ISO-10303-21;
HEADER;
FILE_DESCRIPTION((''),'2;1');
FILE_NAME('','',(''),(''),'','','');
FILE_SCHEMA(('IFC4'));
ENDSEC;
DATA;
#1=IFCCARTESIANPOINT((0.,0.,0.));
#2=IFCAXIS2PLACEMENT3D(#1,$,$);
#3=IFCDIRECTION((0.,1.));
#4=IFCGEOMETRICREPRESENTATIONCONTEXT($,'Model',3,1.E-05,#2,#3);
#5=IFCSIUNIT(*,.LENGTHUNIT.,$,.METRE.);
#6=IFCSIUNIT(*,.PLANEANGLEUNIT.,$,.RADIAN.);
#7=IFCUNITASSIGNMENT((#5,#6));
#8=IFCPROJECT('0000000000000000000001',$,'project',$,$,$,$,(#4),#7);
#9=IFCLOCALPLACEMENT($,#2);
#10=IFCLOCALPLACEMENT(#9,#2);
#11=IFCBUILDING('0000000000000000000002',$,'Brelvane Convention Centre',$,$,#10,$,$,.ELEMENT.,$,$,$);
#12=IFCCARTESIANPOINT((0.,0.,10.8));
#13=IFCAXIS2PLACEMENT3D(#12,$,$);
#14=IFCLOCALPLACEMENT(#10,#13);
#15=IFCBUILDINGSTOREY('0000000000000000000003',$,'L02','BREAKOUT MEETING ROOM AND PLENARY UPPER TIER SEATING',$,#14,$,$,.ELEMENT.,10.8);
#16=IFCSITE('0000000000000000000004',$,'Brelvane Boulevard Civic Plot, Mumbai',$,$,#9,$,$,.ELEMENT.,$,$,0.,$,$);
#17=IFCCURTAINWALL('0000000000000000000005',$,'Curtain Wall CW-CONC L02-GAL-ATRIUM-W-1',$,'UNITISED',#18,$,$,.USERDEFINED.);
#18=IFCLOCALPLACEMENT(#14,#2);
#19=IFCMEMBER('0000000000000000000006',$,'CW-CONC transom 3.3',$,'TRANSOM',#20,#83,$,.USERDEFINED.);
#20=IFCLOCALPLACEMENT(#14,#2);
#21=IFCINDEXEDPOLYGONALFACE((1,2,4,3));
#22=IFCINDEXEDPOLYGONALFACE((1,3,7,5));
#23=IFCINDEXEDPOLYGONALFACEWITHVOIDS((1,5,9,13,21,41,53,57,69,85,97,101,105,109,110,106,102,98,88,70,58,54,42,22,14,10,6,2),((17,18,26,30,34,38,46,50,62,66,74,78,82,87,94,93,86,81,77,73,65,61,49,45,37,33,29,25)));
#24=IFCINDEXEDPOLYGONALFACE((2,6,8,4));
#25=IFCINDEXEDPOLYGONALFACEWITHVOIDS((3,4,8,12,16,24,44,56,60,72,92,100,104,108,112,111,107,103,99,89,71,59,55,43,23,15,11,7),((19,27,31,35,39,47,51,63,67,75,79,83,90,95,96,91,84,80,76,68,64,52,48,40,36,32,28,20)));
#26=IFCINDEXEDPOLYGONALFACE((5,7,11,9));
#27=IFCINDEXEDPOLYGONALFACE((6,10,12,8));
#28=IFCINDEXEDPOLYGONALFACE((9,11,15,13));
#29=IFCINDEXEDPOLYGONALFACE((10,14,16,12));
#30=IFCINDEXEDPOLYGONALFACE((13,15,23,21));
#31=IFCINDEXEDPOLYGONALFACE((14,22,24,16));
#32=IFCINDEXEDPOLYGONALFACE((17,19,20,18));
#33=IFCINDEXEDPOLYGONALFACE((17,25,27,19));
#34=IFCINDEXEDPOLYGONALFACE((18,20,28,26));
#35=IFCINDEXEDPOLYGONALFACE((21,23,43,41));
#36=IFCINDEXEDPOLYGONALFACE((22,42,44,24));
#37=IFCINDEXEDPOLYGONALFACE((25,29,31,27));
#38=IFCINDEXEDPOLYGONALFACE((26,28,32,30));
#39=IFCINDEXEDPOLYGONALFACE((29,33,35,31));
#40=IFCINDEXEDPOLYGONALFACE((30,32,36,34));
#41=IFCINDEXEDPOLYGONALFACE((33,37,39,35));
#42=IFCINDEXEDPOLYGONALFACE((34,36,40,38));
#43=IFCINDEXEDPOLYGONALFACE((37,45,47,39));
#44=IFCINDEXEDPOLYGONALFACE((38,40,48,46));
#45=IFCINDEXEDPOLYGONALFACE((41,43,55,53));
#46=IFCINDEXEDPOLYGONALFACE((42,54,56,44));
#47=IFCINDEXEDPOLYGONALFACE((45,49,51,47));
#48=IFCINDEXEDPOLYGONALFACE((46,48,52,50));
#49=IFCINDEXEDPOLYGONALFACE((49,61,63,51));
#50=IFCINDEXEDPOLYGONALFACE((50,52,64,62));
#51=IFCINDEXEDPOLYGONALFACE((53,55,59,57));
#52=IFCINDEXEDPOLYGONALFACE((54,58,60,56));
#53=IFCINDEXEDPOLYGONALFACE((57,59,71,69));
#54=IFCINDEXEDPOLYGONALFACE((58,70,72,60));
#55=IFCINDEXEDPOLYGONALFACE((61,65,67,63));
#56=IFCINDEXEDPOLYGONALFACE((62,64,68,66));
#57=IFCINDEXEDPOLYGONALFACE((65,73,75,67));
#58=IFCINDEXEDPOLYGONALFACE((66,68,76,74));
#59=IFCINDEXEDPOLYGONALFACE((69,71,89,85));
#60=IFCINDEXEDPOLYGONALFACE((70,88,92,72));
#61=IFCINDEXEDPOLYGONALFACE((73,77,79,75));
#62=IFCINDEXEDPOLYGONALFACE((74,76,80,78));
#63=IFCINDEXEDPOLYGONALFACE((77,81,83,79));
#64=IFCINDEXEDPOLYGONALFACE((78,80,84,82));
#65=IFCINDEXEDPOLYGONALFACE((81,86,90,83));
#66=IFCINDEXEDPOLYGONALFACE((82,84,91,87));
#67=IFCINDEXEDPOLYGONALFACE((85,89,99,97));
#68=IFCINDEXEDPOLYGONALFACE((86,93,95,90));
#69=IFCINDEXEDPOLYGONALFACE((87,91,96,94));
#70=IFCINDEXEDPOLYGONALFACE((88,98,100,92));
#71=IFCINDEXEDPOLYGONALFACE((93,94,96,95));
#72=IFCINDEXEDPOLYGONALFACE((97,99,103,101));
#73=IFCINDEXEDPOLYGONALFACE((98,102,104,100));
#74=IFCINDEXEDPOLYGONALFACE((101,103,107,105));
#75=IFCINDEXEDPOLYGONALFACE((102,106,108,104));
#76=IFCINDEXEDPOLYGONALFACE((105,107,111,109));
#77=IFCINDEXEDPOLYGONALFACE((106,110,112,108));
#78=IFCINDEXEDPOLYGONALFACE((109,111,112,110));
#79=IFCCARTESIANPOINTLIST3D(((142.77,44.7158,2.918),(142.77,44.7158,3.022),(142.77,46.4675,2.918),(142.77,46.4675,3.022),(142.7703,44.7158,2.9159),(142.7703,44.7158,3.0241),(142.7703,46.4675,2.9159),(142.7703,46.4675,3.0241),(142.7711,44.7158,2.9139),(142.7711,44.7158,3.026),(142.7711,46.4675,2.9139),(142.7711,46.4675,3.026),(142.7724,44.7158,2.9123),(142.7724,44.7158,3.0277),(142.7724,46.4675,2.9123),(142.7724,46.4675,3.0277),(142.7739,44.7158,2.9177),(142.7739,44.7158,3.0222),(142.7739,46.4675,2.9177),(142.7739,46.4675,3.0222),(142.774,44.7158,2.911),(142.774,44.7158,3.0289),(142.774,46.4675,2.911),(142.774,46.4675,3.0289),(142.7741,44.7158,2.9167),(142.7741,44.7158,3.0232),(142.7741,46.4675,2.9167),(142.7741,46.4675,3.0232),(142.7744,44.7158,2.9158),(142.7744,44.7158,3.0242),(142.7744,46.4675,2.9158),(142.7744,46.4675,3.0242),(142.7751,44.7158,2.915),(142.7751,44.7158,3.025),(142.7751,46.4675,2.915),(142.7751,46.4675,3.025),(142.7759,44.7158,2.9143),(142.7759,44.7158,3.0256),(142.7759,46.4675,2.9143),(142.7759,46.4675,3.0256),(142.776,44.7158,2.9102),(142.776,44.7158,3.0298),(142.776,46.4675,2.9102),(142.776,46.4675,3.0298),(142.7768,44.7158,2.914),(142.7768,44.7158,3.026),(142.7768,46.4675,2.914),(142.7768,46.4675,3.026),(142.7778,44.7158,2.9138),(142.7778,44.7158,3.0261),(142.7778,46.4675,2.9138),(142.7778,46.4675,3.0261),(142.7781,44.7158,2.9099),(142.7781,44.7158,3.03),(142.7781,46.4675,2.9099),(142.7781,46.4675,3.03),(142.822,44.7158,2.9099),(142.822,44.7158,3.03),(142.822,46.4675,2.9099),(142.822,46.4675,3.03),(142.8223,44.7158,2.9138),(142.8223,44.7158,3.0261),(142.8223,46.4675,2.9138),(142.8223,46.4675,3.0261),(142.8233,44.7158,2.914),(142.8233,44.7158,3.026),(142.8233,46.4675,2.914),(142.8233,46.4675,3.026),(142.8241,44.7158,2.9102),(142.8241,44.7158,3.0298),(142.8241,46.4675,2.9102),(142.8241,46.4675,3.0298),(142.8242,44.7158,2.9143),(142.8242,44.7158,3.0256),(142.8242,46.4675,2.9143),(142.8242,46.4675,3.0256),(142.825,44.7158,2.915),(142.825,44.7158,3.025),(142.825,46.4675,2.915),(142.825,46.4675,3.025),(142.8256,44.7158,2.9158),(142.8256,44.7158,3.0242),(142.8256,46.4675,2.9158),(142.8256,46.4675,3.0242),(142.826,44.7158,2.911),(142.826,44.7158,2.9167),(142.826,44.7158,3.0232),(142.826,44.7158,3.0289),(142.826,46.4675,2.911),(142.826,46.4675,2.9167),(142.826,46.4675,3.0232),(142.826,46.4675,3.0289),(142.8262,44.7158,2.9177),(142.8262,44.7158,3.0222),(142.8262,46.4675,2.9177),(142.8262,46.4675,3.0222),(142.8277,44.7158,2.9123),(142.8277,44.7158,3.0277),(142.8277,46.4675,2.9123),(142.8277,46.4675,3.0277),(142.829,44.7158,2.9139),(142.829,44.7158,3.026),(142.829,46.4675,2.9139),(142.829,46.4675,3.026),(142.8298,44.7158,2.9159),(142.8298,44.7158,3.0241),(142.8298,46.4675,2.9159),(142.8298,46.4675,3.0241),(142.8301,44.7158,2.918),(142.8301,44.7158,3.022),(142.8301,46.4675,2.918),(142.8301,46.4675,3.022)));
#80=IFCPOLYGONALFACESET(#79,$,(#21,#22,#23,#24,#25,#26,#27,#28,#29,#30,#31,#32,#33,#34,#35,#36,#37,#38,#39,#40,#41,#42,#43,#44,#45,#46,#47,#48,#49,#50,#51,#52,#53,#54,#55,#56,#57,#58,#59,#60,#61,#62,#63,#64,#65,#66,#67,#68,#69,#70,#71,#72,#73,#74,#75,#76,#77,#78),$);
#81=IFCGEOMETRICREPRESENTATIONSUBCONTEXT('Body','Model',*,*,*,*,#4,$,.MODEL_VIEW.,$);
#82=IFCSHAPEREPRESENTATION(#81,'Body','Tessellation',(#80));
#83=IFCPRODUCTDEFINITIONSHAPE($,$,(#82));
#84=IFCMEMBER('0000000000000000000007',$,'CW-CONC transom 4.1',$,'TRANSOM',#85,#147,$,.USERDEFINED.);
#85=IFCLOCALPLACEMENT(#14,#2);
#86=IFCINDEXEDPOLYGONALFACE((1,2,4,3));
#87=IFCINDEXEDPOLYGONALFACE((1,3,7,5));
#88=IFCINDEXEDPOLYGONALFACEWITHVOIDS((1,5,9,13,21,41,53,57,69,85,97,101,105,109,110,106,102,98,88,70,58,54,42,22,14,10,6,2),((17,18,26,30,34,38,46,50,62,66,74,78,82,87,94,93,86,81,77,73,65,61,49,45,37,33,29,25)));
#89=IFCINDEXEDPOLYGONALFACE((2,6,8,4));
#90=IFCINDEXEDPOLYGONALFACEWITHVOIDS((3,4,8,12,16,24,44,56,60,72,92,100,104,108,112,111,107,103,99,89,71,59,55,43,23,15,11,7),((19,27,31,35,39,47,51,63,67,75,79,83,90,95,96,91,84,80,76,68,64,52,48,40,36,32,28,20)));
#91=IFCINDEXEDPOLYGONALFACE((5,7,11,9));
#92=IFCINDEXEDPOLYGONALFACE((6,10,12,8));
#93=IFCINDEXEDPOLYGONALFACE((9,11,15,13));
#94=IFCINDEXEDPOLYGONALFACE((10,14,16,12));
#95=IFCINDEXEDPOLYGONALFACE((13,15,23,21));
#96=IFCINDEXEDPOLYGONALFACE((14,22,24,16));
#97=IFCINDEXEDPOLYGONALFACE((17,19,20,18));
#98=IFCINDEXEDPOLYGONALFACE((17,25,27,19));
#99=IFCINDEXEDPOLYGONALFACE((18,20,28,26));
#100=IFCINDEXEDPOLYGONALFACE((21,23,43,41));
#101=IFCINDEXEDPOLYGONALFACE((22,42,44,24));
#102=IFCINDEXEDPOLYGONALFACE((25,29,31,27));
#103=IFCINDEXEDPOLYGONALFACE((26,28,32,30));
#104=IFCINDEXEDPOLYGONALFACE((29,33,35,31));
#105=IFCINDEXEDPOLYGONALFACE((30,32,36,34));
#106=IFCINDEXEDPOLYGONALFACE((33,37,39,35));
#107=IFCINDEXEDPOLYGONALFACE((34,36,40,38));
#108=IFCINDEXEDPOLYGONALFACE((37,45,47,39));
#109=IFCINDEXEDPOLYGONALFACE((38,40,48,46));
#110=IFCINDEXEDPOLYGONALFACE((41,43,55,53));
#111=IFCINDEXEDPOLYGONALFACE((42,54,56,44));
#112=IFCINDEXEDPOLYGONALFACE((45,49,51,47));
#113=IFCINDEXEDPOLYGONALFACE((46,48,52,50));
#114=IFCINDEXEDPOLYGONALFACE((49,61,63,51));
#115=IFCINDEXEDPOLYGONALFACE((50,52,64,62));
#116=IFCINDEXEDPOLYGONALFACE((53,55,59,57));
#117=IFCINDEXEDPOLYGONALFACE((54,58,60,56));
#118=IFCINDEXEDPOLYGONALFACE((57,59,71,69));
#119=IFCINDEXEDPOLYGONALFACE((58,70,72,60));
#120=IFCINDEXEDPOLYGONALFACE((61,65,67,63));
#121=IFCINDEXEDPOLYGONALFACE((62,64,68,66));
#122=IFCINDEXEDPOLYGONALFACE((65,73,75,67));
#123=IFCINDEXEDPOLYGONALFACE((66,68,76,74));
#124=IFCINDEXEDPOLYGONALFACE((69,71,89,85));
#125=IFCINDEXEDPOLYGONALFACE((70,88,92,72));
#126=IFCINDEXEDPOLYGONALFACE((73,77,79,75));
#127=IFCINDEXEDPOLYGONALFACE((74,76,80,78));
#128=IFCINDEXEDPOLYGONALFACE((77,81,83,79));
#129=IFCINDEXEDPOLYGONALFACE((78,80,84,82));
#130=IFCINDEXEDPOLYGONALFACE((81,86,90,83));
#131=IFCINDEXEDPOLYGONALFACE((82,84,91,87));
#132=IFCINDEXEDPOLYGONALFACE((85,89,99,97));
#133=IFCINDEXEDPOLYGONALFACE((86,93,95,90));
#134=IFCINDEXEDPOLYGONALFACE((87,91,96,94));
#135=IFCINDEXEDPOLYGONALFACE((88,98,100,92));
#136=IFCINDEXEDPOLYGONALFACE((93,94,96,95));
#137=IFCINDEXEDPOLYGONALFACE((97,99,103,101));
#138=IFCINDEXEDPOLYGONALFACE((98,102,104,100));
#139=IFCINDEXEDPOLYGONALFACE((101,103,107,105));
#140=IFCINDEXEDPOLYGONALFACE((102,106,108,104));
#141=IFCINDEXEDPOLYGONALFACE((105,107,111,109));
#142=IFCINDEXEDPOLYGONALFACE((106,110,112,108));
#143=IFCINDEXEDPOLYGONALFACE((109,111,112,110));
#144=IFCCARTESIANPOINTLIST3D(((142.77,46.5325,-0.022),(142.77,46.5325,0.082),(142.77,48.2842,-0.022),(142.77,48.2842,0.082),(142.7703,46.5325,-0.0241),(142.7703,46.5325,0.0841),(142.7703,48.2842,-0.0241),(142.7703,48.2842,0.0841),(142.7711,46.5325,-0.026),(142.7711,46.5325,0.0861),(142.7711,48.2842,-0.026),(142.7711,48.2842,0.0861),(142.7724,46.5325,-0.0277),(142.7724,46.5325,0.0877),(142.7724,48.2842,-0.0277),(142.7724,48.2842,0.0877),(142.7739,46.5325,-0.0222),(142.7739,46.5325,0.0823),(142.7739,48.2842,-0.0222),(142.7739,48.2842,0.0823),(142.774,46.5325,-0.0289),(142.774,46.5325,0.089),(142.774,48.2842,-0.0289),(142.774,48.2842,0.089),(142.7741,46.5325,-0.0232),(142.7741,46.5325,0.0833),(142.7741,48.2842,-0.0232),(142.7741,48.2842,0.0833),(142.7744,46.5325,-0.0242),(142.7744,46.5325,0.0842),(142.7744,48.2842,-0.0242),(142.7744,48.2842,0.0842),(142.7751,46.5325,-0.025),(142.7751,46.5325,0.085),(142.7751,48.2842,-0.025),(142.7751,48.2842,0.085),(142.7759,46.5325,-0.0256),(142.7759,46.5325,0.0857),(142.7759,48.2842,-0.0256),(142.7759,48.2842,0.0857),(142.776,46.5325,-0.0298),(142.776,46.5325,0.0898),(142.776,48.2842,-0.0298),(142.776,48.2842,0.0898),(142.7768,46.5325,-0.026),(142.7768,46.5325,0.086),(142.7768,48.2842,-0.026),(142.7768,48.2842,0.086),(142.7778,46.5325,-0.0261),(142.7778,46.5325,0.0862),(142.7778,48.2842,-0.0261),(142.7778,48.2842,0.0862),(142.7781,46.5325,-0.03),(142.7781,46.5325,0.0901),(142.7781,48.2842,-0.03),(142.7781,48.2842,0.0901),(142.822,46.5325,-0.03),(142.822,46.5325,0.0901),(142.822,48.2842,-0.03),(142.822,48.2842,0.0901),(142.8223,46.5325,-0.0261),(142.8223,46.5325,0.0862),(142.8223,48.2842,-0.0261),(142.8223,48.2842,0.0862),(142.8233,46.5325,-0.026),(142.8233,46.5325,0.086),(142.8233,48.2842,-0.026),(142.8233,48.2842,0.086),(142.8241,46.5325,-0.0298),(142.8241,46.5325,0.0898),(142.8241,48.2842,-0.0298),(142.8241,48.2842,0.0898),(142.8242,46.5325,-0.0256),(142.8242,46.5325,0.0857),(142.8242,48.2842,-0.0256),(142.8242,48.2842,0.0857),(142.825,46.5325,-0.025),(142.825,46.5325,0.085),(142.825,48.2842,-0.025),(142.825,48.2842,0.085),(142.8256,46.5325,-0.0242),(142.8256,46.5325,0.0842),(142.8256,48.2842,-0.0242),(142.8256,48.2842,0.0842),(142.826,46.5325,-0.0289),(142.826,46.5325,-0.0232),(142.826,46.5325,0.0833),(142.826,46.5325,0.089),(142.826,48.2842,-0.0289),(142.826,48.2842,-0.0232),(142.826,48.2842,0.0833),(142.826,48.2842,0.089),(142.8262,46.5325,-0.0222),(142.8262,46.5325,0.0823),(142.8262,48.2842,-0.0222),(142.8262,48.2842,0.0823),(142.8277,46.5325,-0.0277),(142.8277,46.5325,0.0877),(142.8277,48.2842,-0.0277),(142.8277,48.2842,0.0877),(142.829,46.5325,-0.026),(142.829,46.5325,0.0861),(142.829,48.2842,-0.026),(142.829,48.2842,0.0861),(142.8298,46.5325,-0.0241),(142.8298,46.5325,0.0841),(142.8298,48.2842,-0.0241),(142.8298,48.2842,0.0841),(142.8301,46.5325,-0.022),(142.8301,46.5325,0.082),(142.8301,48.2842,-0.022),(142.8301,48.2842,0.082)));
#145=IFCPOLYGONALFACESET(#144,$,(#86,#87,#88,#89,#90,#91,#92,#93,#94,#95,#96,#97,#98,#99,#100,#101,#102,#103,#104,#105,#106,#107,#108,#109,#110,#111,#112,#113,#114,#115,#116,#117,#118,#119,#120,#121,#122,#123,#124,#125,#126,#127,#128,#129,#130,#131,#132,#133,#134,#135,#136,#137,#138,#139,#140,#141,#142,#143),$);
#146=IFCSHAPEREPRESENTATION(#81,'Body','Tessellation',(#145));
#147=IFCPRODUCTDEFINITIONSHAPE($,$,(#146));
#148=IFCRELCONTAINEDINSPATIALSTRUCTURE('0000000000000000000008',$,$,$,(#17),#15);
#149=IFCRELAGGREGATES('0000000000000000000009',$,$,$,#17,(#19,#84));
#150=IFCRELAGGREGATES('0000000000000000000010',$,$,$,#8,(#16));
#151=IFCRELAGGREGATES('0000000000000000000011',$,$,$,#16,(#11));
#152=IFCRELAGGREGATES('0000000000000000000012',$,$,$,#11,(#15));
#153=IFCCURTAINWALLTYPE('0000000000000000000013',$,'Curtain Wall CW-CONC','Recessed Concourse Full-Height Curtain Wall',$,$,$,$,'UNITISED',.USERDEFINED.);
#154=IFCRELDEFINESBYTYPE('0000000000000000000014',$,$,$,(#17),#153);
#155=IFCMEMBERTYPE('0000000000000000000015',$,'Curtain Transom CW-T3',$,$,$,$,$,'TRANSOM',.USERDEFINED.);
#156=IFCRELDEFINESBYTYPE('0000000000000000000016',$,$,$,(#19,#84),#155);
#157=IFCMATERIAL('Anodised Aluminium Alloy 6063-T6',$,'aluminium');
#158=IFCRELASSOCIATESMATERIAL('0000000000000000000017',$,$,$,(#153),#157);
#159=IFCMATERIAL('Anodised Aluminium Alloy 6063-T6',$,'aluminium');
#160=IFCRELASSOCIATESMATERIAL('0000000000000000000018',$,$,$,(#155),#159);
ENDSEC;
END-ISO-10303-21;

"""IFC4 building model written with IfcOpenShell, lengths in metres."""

from ifc_helpers import new_model, si_unit, direction, frame, origin, origin_2d, place, context, subcontext, project, spatial, hollow_rectangle, extrude, material, material_profile, profile_set, type_object, element, aggregate, save


model = new_model("IFC4")

# Units and contexts
model_context = context("Model", 3, precision=1e-05, world=origin(), true_north=direction((0.0, 1.0)))
body_context = subcontext(model_context, "Body", "Model", "MODEL_VIEW")
ifc_project = project(units=[si_unit("LENGTHUNIT", "METRE"), si_unit("PLANEANGLEUNIT", "RADIAN")], contexts=[model_context])

# Site, building, storey
site_placement = place(None, origin())
site = spatial("IfcSite", under=ifc_project, at=site_placement, Name="Brelvane Boulevard Civic Plot, Mumbai", CompositionType="ELEMENT", RefElevation=0.0)
building_placement = place(site_placement, origin())
building = spatial("IfcBuilding", under=site, at=building_placement, Name="Brelvane Convention Centre", CompositionType="ELEMENT")
storey_placement = place(building_placement, frame((0.0, 0.0, 10.8)))
storey = spatial("IfcBuildingStorey", under=building, at=storey_placement, Name="L02", Description="BREAKOUT MEETING ROOM AND PLENARY UPPER TIER SEATING", CompositionType="ELEMENT", Elevation=10.8)

# Curtain wall, members
ifc_material_1 = material(Name="Anodised Aluminium Alloy 6063-T6", Category="aluminium")
curtain_wall_type = type_object("IfcCurtainWallType", Name="Curtain Wall CW-CONC", Description="Recessed Concourse Full-Height Curtain Wall", ElementType="UNITISED", PredefinedType="USERDEFINED", material=ifc_material_1)
curtain_wall_placement = place(storey_placement, origin())
curtain_wall = element("IfcCurtainWall", 1, at=curtain_wall_placement, inside=storey, type_object=curtain_wall_type, Name="Curtain Wall CW-CONC L02-GAL-ATRIUM-W-1", ObjectType="UNITISED", PredefinedType="USERDEFINED")
ifc_material_2 = material(Name="Anodised Aluminium Alloy 6063-T6", Category="aluminium")
ifc_material_profile_1 = material_profile(ifc_material_2, hollow_rectangle(XDim=0.0601, YDim=0.1201, WallThickness=0.0039, InnerFilletRadius=0.0039, OuterFilletRadius=0.0081, at=origin_2d()), Name="ALU-T 120x60x4.0")
ifc_profile_set_1 = profile_set([ifc_material_profile_1], Name="Anodised Aluminium Alloy 6063-T6")
member_type_1 = type_object("IfcMemberType", Name="Curtain Transom CW-T3", ElementType="TRANSOM", PredefinedType="USERDEFINED", material=ifc_profile_set_1)
member_1_placement = place(storey_placement, frame((142.8, 44.7158, 2.97), z_axis=(0.0, 1.0, 0.0), x_axis=(-1.0, 0.0, 0.0)))
member_1 = element("IfcMember", 2, at=member_1_placement, type_object=member_type_1, Name="CW-CONC transom 3.3", ObjectType="TRANSOM", PredefinedType="USERDEFINED", context=body_context, shape_type="SweptSolid", body=[
    extrude(hollow_rectangle(XDim=0.0601, YDim=0.1201, WallThickness=0.0039, InnerFilletRadius=0.0039, OuterFilletRadius=0.0081, at=origin_2d()), origin(), (0.0, 0.0, 1.0), 1.7517),
])
member_2_placement = place(storey_placement, frame((142.8, 46.5325, 0.03), z_axis=(0.0, 1.0, 0.0), x_axis=(-1.0, 0.0, 0.0)))
member_2 = element("IfcMember", 3, at=member_2_placement, type_object=member_type_1, Name="CW-CONC transom 4.1", ObjectType="TRANSOM", PredefinedType="USERDEFINED", context=body_context, shape_type="SweptSolid", body=[
    extrude(hollow_rectangle(XDim=0.0601, YDim=0.1201, WallThickness=0.0039, InnerFilletRadius=0.0039, OuterFilletRadius=0.0081, at=origin_2d()), origin(), (0.0, 0.0, 1.0), 1.7517),
])
aggregate(curtain_wall, [member_1, member_2])

save(model, "model.ifc")
